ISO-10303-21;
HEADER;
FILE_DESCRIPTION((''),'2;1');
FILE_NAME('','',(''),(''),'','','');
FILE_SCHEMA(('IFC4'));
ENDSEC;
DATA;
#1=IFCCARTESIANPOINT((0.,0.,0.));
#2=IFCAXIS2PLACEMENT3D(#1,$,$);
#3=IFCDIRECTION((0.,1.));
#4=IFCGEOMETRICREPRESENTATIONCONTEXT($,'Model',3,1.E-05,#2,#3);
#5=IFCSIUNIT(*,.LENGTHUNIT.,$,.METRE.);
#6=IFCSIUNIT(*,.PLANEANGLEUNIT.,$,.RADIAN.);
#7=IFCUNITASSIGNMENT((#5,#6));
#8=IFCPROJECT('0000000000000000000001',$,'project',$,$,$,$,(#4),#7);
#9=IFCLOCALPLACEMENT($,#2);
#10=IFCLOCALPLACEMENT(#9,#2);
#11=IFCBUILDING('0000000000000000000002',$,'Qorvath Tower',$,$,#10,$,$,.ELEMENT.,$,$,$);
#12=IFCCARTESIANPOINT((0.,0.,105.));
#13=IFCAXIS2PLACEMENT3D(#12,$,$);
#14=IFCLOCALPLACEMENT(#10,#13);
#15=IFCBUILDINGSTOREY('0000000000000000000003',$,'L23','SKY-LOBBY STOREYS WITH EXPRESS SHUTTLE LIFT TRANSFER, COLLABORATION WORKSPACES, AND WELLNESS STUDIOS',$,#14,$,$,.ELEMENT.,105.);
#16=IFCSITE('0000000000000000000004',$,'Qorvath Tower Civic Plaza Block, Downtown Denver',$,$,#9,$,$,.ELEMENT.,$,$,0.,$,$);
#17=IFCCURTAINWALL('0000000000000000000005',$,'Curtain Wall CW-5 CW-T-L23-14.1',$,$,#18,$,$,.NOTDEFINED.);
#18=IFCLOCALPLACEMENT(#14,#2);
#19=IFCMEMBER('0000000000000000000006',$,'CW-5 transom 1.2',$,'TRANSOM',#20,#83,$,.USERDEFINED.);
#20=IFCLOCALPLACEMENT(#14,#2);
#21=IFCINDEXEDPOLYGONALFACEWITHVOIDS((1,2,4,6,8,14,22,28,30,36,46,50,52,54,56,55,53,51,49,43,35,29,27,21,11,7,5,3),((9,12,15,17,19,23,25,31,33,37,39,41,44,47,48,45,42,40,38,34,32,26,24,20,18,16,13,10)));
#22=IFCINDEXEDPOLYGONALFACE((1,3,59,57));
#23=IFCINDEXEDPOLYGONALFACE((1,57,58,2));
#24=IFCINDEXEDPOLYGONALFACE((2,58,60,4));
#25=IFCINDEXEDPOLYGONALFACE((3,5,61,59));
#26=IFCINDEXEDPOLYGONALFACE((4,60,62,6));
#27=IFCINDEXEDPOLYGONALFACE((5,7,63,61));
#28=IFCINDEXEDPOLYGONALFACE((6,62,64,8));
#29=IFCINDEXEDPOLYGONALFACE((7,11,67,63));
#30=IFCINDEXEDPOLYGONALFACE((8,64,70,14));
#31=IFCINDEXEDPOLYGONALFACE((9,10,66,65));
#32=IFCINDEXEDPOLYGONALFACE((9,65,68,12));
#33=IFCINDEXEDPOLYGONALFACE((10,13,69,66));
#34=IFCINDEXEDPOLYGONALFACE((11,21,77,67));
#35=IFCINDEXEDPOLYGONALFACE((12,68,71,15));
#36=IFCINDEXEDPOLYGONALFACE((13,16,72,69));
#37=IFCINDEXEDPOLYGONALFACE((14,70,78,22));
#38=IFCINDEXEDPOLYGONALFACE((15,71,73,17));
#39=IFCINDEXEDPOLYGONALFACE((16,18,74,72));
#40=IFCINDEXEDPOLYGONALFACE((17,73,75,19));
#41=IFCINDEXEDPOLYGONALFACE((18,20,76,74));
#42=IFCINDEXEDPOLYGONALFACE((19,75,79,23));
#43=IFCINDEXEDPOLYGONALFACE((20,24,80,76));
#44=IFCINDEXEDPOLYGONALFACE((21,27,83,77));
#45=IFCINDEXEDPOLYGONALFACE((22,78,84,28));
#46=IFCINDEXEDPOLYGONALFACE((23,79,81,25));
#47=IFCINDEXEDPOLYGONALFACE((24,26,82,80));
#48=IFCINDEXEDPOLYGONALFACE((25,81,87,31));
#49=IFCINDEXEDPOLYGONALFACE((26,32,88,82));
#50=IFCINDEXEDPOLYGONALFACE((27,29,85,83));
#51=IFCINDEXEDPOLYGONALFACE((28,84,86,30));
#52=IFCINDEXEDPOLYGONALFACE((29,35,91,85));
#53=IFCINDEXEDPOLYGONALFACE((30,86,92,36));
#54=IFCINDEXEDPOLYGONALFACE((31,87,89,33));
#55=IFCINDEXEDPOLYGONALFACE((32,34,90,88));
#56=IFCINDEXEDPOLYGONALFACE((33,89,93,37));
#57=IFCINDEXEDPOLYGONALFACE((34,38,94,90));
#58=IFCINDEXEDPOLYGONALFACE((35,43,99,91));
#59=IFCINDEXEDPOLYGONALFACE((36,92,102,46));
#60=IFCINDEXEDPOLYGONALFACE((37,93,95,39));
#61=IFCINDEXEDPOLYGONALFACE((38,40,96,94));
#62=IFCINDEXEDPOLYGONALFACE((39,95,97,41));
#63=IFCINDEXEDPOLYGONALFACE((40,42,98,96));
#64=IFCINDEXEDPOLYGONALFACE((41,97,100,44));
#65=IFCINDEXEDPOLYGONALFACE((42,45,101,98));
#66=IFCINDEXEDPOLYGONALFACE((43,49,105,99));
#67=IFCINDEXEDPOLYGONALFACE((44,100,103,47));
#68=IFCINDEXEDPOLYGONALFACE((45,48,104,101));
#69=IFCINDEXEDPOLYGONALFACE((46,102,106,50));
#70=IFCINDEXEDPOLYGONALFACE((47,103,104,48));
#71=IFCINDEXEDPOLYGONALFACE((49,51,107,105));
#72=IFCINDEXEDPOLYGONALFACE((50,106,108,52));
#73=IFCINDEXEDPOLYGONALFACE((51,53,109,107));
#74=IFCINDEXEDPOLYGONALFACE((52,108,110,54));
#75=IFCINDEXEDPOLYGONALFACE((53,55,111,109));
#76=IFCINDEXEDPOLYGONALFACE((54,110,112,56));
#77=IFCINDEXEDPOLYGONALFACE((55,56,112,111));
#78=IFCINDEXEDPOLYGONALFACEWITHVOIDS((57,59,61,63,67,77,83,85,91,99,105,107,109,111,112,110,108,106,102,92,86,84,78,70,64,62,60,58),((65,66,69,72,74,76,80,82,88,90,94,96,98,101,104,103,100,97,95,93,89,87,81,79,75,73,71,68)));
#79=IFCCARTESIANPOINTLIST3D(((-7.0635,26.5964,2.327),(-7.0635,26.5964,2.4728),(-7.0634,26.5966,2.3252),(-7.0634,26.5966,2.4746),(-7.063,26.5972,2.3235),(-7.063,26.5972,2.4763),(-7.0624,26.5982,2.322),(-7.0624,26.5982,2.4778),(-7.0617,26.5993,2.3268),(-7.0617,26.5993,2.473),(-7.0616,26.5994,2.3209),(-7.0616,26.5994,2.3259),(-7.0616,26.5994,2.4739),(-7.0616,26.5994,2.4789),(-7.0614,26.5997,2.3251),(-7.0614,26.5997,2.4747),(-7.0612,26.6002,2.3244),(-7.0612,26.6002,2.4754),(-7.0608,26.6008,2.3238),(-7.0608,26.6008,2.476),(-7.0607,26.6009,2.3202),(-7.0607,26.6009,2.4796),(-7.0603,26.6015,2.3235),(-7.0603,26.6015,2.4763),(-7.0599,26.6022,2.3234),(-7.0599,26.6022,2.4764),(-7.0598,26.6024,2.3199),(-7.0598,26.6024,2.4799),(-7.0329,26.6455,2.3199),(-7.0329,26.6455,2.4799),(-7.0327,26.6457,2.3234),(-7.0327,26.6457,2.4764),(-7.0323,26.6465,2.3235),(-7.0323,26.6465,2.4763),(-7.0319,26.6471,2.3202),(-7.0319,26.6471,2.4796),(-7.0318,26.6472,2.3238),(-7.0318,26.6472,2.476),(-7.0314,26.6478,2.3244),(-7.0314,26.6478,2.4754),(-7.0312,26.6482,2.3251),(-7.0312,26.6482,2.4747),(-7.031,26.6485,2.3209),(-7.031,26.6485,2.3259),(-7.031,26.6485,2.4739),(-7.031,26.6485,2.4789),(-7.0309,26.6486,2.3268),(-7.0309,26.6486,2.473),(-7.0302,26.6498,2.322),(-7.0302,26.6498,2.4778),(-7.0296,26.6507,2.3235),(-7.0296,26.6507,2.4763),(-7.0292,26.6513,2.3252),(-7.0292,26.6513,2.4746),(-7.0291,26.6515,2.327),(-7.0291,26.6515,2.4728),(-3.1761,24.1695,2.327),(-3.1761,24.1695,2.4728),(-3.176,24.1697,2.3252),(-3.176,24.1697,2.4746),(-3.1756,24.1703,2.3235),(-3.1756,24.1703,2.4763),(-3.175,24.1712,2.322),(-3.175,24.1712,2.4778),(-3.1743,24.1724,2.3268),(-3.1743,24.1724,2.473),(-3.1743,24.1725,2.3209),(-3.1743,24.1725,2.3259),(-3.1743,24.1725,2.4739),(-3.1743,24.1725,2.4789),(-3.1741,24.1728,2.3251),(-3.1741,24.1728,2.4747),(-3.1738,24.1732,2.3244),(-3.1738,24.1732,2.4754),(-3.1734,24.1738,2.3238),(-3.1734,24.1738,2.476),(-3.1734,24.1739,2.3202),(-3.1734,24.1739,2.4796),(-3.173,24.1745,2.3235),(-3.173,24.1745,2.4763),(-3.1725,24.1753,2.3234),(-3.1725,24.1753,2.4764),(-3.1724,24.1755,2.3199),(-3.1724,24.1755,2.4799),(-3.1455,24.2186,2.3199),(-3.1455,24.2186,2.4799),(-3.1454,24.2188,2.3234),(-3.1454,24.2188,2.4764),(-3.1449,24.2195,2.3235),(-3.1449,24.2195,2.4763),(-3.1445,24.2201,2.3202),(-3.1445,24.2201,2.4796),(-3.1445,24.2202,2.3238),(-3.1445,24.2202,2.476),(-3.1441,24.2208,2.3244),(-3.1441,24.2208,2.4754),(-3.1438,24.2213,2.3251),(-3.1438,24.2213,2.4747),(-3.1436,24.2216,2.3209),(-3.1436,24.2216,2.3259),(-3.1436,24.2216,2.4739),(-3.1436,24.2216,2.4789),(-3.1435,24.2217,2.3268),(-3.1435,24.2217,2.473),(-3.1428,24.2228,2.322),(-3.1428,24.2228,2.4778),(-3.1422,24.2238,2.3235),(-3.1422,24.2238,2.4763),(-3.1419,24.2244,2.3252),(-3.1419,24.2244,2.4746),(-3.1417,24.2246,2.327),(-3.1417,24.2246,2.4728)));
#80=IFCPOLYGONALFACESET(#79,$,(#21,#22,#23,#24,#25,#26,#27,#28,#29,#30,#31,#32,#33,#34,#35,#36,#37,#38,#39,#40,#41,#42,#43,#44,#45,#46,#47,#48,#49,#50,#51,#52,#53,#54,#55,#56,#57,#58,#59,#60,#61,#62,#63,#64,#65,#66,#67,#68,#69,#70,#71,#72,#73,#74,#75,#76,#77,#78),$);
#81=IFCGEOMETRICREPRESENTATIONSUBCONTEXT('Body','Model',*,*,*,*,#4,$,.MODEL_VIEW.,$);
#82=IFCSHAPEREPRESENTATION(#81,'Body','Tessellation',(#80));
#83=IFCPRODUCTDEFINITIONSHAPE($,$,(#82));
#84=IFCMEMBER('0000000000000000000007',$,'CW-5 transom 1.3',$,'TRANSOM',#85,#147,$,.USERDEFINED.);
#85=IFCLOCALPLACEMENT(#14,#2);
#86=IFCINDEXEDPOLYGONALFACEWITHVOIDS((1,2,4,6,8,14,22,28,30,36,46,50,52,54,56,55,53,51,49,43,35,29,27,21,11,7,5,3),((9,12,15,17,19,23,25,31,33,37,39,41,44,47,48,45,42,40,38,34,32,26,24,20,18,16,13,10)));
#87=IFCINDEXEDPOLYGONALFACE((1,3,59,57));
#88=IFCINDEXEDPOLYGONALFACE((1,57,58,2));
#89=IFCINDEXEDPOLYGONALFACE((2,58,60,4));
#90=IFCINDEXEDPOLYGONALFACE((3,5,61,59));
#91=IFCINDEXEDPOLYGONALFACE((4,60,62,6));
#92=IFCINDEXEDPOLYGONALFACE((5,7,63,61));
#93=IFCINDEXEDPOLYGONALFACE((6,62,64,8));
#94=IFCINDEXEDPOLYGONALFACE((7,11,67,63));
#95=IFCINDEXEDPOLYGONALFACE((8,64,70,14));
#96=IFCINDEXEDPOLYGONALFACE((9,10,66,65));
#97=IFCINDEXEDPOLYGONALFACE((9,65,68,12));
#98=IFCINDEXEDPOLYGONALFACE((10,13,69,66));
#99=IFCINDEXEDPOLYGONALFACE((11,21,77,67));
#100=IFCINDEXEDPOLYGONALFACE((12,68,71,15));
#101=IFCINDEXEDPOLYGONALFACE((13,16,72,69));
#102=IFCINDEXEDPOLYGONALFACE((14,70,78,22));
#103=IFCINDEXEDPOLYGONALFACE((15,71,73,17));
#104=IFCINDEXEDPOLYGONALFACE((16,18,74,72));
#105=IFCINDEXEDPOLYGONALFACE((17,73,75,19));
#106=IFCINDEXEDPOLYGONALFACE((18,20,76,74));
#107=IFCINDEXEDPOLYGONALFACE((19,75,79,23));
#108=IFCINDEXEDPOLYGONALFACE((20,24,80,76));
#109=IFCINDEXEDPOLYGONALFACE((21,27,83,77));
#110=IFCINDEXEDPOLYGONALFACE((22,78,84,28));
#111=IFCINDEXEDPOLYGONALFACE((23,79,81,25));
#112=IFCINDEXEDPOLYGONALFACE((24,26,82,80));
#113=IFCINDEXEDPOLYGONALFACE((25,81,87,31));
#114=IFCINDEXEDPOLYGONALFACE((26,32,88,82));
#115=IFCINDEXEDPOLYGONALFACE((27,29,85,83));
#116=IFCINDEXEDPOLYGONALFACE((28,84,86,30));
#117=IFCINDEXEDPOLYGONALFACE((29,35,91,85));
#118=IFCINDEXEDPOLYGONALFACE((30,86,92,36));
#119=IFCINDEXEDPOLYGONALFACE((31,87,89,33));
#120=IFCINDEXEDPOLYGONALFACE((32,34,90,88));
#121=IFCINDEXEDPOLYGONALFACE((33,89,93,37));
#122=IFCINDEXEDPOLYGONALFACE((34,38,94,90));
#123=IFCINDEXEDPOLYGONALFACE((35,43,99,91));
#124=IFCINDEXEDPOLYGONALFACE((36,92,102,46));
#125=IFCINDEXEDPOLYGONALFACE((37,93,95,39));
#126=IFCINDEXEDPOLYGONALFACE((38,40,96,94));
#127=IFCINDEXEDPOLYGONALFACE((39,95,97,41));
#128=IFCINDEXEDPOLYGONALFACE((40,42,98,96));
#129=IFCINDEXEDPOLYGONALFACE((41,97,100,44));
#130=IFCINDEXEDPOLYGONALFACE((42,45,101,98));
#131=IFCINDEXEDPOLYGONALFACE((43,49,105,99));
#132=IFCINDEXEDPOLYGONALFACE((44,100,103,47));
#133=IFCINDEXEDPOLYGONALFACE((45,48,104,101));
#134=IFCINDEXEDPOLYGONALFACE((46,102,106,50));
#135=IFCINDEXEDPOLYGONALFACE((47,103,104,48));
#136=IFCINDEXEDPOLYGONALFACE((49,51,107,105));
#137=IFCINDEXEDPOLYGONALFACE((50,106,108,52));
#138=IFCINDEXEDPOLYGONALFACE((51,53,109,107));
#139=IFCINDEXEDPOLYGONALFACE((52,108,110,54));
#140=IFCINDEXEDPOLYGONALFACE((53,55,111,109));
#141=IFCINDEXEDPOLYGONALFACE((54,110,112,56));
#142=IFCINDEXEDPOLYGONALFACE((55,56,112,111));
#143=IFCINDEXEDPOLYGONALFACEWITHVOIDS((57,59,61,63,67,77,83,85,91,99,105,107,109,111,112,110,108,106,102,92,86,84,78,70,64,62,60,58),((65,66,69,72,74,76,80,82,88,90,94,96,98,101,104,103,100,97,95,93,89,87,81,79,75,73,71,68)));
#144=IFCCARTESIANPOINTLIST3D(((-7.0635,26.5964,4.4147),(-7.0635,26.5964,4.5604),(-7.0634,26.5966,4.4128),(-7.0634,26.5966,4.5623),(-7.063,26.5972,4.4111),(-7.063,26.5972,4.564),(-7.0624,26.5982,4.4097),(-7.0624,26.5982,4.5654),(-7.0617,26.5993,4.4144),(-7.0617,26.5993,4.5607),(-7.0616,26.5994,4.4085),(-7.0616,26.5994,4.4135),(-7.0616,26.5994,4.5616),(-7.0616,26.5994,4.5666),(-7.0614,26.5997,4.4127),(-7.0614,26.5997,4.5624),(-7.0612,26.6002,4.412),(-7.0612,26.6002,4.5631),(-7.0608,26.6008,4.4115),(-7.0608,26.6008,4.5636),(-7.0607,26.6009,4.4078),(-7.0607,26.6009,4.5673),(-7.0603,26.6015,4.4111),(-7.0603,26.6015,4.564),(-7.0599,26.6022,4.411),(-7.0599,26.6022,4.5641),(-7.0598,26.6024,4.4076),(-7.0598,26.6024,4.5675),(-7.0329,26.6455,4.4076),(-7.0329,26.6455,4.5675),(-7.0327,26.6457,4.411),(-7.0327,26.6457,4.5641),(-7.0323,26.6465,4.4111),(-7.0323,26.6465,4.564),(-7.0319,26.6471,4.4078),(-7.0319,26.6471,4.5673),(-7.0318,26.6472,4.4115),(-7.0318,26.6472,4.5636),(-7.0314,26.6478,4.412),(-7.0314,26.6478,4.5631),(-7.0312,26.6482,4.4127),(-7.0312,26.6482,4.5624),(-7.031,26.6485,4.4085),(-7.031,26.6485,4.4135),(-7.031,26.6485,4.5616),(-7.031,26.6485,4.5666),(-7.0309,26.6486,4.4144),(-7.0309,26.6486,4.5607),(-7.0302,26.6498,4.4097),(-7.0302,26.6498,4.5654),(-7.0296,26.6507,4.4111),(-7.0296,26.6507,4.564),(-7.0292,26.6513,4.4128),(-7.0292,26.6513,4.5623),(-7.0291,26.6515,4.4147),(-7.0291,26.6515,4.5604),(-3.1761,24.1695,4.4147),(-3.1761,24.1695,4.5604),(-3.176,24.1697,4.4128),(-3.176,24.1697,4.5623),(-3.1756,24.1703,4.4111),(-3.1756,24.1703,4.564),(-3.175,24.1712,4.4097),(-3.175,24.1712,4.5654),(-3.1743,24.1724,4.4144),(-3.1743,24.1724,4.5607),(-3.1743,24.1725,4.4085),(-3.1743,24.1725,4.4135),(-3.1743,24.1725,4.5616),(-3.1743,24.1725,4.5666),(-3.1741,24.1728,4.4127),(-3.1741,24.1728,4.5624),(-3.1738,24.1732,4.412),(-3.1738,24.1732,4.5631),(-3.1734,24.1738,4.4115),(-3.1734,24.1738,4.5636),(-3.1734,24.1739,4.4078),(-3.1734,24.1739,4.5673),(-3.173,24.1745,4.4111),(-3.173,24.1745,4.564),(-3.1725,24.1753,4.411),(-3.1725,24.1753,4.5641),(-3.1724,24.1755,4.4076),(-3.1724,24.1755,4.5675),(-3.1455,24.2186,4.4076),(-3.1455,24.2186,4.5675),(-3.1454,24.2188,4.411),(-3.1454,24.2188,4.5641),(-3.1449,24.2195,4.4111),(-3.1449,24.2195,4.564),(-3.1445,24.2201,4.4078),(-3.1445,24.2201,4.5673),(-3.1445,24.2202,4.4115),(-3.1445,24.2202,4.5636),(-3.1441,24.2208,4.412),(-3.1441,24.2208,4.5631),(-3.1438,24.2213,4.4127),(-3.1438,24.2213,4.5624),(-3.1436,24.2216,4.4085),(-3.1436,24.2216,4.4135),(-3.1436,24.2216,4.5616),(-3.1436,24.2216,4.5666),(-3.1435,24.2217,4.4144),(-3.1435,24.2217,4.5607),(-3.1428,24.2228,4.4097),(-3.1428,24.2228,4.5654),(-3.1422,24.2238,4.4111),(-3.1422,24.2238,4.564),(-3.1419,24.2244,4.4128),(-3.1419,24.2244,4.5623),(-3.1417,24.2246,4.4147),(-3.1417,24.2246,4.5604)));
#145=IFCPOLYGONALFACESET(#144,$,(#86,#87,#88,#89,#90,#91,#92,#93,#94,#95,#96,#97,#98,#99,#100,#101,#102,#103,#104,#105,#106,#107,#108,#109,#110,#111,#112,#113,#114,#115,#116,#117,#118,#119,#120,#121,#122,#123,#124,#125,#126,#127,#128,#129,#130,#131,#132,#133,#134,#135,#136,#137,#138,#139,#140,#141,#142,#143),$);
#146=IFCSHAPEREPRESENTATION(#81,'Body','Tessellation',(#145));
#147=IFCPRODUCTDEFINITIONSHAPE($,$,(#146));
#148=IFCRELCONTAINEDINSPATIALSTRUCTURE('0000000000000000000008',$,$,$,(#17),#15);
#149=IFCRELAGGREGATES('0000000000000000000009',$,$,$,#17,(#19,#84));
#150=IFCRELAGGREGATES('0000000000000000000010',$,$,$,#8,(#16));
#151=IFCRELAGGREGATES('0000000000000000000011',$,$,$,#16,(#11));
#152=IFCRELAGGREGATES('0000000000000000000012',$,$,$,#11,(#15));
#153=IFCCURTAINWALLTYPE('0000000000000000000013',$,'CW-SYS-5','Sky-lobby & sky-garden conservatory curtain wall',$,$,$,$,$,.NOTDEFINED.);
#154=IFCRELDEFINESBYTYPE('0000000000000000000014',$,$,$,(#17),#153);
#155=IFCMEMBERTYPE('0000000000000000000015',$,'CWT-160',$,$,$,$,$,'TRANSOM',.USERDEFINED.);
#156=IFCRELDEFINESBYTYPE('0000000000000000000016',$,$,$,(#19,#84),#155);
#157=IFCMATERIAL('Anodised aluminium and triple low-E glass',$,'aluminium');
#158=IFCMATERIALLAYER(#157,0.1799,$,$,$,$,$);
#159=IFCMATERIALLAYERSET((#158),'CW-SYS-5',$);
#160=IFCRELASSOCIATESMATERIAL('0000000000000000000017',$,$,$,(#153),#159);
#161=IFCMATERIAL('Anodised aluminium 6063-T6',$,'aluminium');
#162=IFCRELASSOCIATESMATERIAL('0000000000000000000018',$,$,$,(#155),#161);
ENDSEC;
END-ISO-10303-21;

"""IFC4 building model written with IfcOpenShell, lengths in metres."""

from ifc_helpers import new_model, si_unit, direction, frame, origin, origin_2d, place, context, subcontext, project, spatial, hollow_rectangle, extrude, material, layer, layer_set, material_profile, profile_set, type_object, element, aggregate, save


model = new_model("IFC4")

# Units and contexts
model_context = context("Model", 3, precision=1e-05, world=origin(), true_north=direction((0.0, 1.0)))
body_context = subcontext(model_context, "Body", "Model", "MODEL_VIEW")
ifc_project = project(units=[si_unit("LENGTHUNIT", "METRE"), si_unit("PLANEANGLEUNIT", "RADIAN")], contexts=[model_context])

# Site, building, storey
site_placement = place(None, origin())
site = spatial("IfcSite", under=ifc_project, at=site_placement, Name="Qorvath Tower Civic Plaza Block, Downtown Denver", CompositionType="ELEMENT", RefElevation=0.0)
building_placement = place(site_placement, origin())
building = spatial("IfcBuilding", under=site, at=building_placement, Name="Qorvath Tower", CompositionType="ELEMENT")
storey_placement = place(building_placement, frame((0.0, 0.0, 105.0)))
storey = spatial("IfcBuildingStorey", under=building, at=storey_placement, Name="L23", Description="SKY-LOBBY STOREYS WITH EXPRESS SHUTTLE LIFT TRANSFER, COLLABORATION WORKSPACES, AND WELLNESS STUDIOS", CompositionType="ELEMENT", Elevation=105.0)

# Shared definitions
ifc_material_1 = material(Name="Anodised aluminium and triple low-E glass", Category="aluminium")
ifc_layer_1 = layer(ifc_material_1, 0.1799)
ifc_layer_set_1 = layer_set([ifc_layer_1], Name="CW-SYS-5")
curtain_wall_type = type_object("IfcCurtainWallType", Name="CW-SYS-5", Description="Sky-lobby & sky-garden conservatory curtain wall", PredefinedType="NOTDEFINED", material=ifc_layer_set_1)

# Curtain wall
curtain_wall_1_placement = place(storey_placement, origin())
curtain_wall_1 = element("IfcCurtainWall", 1, at=curtain_wall_1_placement, inside=storey, type_object=curtain_wall_type, Name="Curtain Wall CW-5 CW-T-L23-14.1", PredefinedType="NOTDEFINED")

# Members
ifc_material_2 = material(Name="Anodised aluminium 6063-T6", Category="aluminium")
ifc_material_profile_1 = material_profile(ifc_material_2, hollow_rectangle(XDim=0.0649, YDim=0.1599, WallThickness=0.0034, InnerFilletRadius=0.0034, OuterFilletRadius=0.0071, at=origin_2d()), Name="CWT 160x65")
ifc_profile_set_1 = profile_set([ifc_material_profile_1], Name="Anodised aluminium 6063-T6")
member_type_1 = type_object("IfcMemberType", Name="CWT-160", ElementType="TRANSOM", PredefinedType="USERDEFINED", material=ifc_profile_set_1)
member_1_placement = place(storey_placement, frame((-3.1589, 24.197, 2.3999), z_axis=(-0.848259, 0.529582, 0.0), x_axis=(-0.529582, -0.848259, 0.0)))
member_1 = element("IfcMember", 2, at=member_1_placement, type_object=member_type_1, Name="CW-5 transom 1.2", ObjectType="TRANSOM", PredefinedType="USERDEFINED", context=body_context, shape_type="SweptSolid", body=[
    extrude(hollow_rectangle(XDim=0.0649, YDim=0.1599, WallThickness=0.0034, InnerFilletRadius=0.0034, OuterFilletRadius=0.0071, at=origin_2d()), origin(), (0.0, 0.0, 1.0), 4.5828),
])
member_2_placement = place(storey_placement, frame((-3.1589, 24.197, 4.4875), z_axis=(-0.848259, 0.529582, 0.0), x_axis=(-0.529582, -0.848259, 0.0)))
member_2 = element("IfcMember", 3, at=member_2_placement, type_object=member_type_1, Name="CW-5 transom 1.3", ObjectType="TRANSOM", PredefinedType="USERDEFINED", context=body_context, shape_type="SweptSolid", body=[
    extrude(hollow_rectangle(XDim=0.0649, YDim=0.1599, WallThickness=0.0034, InnerFilletRadius=0.0034, OuterFilletRadius=0.0071, at=origin_2d()), origin(), (0.0, 0.0, 1.0), 4.5828),
])

aggregate(curtain_wall_1, [member_1, member_2])

save(model, "model.ifc")
